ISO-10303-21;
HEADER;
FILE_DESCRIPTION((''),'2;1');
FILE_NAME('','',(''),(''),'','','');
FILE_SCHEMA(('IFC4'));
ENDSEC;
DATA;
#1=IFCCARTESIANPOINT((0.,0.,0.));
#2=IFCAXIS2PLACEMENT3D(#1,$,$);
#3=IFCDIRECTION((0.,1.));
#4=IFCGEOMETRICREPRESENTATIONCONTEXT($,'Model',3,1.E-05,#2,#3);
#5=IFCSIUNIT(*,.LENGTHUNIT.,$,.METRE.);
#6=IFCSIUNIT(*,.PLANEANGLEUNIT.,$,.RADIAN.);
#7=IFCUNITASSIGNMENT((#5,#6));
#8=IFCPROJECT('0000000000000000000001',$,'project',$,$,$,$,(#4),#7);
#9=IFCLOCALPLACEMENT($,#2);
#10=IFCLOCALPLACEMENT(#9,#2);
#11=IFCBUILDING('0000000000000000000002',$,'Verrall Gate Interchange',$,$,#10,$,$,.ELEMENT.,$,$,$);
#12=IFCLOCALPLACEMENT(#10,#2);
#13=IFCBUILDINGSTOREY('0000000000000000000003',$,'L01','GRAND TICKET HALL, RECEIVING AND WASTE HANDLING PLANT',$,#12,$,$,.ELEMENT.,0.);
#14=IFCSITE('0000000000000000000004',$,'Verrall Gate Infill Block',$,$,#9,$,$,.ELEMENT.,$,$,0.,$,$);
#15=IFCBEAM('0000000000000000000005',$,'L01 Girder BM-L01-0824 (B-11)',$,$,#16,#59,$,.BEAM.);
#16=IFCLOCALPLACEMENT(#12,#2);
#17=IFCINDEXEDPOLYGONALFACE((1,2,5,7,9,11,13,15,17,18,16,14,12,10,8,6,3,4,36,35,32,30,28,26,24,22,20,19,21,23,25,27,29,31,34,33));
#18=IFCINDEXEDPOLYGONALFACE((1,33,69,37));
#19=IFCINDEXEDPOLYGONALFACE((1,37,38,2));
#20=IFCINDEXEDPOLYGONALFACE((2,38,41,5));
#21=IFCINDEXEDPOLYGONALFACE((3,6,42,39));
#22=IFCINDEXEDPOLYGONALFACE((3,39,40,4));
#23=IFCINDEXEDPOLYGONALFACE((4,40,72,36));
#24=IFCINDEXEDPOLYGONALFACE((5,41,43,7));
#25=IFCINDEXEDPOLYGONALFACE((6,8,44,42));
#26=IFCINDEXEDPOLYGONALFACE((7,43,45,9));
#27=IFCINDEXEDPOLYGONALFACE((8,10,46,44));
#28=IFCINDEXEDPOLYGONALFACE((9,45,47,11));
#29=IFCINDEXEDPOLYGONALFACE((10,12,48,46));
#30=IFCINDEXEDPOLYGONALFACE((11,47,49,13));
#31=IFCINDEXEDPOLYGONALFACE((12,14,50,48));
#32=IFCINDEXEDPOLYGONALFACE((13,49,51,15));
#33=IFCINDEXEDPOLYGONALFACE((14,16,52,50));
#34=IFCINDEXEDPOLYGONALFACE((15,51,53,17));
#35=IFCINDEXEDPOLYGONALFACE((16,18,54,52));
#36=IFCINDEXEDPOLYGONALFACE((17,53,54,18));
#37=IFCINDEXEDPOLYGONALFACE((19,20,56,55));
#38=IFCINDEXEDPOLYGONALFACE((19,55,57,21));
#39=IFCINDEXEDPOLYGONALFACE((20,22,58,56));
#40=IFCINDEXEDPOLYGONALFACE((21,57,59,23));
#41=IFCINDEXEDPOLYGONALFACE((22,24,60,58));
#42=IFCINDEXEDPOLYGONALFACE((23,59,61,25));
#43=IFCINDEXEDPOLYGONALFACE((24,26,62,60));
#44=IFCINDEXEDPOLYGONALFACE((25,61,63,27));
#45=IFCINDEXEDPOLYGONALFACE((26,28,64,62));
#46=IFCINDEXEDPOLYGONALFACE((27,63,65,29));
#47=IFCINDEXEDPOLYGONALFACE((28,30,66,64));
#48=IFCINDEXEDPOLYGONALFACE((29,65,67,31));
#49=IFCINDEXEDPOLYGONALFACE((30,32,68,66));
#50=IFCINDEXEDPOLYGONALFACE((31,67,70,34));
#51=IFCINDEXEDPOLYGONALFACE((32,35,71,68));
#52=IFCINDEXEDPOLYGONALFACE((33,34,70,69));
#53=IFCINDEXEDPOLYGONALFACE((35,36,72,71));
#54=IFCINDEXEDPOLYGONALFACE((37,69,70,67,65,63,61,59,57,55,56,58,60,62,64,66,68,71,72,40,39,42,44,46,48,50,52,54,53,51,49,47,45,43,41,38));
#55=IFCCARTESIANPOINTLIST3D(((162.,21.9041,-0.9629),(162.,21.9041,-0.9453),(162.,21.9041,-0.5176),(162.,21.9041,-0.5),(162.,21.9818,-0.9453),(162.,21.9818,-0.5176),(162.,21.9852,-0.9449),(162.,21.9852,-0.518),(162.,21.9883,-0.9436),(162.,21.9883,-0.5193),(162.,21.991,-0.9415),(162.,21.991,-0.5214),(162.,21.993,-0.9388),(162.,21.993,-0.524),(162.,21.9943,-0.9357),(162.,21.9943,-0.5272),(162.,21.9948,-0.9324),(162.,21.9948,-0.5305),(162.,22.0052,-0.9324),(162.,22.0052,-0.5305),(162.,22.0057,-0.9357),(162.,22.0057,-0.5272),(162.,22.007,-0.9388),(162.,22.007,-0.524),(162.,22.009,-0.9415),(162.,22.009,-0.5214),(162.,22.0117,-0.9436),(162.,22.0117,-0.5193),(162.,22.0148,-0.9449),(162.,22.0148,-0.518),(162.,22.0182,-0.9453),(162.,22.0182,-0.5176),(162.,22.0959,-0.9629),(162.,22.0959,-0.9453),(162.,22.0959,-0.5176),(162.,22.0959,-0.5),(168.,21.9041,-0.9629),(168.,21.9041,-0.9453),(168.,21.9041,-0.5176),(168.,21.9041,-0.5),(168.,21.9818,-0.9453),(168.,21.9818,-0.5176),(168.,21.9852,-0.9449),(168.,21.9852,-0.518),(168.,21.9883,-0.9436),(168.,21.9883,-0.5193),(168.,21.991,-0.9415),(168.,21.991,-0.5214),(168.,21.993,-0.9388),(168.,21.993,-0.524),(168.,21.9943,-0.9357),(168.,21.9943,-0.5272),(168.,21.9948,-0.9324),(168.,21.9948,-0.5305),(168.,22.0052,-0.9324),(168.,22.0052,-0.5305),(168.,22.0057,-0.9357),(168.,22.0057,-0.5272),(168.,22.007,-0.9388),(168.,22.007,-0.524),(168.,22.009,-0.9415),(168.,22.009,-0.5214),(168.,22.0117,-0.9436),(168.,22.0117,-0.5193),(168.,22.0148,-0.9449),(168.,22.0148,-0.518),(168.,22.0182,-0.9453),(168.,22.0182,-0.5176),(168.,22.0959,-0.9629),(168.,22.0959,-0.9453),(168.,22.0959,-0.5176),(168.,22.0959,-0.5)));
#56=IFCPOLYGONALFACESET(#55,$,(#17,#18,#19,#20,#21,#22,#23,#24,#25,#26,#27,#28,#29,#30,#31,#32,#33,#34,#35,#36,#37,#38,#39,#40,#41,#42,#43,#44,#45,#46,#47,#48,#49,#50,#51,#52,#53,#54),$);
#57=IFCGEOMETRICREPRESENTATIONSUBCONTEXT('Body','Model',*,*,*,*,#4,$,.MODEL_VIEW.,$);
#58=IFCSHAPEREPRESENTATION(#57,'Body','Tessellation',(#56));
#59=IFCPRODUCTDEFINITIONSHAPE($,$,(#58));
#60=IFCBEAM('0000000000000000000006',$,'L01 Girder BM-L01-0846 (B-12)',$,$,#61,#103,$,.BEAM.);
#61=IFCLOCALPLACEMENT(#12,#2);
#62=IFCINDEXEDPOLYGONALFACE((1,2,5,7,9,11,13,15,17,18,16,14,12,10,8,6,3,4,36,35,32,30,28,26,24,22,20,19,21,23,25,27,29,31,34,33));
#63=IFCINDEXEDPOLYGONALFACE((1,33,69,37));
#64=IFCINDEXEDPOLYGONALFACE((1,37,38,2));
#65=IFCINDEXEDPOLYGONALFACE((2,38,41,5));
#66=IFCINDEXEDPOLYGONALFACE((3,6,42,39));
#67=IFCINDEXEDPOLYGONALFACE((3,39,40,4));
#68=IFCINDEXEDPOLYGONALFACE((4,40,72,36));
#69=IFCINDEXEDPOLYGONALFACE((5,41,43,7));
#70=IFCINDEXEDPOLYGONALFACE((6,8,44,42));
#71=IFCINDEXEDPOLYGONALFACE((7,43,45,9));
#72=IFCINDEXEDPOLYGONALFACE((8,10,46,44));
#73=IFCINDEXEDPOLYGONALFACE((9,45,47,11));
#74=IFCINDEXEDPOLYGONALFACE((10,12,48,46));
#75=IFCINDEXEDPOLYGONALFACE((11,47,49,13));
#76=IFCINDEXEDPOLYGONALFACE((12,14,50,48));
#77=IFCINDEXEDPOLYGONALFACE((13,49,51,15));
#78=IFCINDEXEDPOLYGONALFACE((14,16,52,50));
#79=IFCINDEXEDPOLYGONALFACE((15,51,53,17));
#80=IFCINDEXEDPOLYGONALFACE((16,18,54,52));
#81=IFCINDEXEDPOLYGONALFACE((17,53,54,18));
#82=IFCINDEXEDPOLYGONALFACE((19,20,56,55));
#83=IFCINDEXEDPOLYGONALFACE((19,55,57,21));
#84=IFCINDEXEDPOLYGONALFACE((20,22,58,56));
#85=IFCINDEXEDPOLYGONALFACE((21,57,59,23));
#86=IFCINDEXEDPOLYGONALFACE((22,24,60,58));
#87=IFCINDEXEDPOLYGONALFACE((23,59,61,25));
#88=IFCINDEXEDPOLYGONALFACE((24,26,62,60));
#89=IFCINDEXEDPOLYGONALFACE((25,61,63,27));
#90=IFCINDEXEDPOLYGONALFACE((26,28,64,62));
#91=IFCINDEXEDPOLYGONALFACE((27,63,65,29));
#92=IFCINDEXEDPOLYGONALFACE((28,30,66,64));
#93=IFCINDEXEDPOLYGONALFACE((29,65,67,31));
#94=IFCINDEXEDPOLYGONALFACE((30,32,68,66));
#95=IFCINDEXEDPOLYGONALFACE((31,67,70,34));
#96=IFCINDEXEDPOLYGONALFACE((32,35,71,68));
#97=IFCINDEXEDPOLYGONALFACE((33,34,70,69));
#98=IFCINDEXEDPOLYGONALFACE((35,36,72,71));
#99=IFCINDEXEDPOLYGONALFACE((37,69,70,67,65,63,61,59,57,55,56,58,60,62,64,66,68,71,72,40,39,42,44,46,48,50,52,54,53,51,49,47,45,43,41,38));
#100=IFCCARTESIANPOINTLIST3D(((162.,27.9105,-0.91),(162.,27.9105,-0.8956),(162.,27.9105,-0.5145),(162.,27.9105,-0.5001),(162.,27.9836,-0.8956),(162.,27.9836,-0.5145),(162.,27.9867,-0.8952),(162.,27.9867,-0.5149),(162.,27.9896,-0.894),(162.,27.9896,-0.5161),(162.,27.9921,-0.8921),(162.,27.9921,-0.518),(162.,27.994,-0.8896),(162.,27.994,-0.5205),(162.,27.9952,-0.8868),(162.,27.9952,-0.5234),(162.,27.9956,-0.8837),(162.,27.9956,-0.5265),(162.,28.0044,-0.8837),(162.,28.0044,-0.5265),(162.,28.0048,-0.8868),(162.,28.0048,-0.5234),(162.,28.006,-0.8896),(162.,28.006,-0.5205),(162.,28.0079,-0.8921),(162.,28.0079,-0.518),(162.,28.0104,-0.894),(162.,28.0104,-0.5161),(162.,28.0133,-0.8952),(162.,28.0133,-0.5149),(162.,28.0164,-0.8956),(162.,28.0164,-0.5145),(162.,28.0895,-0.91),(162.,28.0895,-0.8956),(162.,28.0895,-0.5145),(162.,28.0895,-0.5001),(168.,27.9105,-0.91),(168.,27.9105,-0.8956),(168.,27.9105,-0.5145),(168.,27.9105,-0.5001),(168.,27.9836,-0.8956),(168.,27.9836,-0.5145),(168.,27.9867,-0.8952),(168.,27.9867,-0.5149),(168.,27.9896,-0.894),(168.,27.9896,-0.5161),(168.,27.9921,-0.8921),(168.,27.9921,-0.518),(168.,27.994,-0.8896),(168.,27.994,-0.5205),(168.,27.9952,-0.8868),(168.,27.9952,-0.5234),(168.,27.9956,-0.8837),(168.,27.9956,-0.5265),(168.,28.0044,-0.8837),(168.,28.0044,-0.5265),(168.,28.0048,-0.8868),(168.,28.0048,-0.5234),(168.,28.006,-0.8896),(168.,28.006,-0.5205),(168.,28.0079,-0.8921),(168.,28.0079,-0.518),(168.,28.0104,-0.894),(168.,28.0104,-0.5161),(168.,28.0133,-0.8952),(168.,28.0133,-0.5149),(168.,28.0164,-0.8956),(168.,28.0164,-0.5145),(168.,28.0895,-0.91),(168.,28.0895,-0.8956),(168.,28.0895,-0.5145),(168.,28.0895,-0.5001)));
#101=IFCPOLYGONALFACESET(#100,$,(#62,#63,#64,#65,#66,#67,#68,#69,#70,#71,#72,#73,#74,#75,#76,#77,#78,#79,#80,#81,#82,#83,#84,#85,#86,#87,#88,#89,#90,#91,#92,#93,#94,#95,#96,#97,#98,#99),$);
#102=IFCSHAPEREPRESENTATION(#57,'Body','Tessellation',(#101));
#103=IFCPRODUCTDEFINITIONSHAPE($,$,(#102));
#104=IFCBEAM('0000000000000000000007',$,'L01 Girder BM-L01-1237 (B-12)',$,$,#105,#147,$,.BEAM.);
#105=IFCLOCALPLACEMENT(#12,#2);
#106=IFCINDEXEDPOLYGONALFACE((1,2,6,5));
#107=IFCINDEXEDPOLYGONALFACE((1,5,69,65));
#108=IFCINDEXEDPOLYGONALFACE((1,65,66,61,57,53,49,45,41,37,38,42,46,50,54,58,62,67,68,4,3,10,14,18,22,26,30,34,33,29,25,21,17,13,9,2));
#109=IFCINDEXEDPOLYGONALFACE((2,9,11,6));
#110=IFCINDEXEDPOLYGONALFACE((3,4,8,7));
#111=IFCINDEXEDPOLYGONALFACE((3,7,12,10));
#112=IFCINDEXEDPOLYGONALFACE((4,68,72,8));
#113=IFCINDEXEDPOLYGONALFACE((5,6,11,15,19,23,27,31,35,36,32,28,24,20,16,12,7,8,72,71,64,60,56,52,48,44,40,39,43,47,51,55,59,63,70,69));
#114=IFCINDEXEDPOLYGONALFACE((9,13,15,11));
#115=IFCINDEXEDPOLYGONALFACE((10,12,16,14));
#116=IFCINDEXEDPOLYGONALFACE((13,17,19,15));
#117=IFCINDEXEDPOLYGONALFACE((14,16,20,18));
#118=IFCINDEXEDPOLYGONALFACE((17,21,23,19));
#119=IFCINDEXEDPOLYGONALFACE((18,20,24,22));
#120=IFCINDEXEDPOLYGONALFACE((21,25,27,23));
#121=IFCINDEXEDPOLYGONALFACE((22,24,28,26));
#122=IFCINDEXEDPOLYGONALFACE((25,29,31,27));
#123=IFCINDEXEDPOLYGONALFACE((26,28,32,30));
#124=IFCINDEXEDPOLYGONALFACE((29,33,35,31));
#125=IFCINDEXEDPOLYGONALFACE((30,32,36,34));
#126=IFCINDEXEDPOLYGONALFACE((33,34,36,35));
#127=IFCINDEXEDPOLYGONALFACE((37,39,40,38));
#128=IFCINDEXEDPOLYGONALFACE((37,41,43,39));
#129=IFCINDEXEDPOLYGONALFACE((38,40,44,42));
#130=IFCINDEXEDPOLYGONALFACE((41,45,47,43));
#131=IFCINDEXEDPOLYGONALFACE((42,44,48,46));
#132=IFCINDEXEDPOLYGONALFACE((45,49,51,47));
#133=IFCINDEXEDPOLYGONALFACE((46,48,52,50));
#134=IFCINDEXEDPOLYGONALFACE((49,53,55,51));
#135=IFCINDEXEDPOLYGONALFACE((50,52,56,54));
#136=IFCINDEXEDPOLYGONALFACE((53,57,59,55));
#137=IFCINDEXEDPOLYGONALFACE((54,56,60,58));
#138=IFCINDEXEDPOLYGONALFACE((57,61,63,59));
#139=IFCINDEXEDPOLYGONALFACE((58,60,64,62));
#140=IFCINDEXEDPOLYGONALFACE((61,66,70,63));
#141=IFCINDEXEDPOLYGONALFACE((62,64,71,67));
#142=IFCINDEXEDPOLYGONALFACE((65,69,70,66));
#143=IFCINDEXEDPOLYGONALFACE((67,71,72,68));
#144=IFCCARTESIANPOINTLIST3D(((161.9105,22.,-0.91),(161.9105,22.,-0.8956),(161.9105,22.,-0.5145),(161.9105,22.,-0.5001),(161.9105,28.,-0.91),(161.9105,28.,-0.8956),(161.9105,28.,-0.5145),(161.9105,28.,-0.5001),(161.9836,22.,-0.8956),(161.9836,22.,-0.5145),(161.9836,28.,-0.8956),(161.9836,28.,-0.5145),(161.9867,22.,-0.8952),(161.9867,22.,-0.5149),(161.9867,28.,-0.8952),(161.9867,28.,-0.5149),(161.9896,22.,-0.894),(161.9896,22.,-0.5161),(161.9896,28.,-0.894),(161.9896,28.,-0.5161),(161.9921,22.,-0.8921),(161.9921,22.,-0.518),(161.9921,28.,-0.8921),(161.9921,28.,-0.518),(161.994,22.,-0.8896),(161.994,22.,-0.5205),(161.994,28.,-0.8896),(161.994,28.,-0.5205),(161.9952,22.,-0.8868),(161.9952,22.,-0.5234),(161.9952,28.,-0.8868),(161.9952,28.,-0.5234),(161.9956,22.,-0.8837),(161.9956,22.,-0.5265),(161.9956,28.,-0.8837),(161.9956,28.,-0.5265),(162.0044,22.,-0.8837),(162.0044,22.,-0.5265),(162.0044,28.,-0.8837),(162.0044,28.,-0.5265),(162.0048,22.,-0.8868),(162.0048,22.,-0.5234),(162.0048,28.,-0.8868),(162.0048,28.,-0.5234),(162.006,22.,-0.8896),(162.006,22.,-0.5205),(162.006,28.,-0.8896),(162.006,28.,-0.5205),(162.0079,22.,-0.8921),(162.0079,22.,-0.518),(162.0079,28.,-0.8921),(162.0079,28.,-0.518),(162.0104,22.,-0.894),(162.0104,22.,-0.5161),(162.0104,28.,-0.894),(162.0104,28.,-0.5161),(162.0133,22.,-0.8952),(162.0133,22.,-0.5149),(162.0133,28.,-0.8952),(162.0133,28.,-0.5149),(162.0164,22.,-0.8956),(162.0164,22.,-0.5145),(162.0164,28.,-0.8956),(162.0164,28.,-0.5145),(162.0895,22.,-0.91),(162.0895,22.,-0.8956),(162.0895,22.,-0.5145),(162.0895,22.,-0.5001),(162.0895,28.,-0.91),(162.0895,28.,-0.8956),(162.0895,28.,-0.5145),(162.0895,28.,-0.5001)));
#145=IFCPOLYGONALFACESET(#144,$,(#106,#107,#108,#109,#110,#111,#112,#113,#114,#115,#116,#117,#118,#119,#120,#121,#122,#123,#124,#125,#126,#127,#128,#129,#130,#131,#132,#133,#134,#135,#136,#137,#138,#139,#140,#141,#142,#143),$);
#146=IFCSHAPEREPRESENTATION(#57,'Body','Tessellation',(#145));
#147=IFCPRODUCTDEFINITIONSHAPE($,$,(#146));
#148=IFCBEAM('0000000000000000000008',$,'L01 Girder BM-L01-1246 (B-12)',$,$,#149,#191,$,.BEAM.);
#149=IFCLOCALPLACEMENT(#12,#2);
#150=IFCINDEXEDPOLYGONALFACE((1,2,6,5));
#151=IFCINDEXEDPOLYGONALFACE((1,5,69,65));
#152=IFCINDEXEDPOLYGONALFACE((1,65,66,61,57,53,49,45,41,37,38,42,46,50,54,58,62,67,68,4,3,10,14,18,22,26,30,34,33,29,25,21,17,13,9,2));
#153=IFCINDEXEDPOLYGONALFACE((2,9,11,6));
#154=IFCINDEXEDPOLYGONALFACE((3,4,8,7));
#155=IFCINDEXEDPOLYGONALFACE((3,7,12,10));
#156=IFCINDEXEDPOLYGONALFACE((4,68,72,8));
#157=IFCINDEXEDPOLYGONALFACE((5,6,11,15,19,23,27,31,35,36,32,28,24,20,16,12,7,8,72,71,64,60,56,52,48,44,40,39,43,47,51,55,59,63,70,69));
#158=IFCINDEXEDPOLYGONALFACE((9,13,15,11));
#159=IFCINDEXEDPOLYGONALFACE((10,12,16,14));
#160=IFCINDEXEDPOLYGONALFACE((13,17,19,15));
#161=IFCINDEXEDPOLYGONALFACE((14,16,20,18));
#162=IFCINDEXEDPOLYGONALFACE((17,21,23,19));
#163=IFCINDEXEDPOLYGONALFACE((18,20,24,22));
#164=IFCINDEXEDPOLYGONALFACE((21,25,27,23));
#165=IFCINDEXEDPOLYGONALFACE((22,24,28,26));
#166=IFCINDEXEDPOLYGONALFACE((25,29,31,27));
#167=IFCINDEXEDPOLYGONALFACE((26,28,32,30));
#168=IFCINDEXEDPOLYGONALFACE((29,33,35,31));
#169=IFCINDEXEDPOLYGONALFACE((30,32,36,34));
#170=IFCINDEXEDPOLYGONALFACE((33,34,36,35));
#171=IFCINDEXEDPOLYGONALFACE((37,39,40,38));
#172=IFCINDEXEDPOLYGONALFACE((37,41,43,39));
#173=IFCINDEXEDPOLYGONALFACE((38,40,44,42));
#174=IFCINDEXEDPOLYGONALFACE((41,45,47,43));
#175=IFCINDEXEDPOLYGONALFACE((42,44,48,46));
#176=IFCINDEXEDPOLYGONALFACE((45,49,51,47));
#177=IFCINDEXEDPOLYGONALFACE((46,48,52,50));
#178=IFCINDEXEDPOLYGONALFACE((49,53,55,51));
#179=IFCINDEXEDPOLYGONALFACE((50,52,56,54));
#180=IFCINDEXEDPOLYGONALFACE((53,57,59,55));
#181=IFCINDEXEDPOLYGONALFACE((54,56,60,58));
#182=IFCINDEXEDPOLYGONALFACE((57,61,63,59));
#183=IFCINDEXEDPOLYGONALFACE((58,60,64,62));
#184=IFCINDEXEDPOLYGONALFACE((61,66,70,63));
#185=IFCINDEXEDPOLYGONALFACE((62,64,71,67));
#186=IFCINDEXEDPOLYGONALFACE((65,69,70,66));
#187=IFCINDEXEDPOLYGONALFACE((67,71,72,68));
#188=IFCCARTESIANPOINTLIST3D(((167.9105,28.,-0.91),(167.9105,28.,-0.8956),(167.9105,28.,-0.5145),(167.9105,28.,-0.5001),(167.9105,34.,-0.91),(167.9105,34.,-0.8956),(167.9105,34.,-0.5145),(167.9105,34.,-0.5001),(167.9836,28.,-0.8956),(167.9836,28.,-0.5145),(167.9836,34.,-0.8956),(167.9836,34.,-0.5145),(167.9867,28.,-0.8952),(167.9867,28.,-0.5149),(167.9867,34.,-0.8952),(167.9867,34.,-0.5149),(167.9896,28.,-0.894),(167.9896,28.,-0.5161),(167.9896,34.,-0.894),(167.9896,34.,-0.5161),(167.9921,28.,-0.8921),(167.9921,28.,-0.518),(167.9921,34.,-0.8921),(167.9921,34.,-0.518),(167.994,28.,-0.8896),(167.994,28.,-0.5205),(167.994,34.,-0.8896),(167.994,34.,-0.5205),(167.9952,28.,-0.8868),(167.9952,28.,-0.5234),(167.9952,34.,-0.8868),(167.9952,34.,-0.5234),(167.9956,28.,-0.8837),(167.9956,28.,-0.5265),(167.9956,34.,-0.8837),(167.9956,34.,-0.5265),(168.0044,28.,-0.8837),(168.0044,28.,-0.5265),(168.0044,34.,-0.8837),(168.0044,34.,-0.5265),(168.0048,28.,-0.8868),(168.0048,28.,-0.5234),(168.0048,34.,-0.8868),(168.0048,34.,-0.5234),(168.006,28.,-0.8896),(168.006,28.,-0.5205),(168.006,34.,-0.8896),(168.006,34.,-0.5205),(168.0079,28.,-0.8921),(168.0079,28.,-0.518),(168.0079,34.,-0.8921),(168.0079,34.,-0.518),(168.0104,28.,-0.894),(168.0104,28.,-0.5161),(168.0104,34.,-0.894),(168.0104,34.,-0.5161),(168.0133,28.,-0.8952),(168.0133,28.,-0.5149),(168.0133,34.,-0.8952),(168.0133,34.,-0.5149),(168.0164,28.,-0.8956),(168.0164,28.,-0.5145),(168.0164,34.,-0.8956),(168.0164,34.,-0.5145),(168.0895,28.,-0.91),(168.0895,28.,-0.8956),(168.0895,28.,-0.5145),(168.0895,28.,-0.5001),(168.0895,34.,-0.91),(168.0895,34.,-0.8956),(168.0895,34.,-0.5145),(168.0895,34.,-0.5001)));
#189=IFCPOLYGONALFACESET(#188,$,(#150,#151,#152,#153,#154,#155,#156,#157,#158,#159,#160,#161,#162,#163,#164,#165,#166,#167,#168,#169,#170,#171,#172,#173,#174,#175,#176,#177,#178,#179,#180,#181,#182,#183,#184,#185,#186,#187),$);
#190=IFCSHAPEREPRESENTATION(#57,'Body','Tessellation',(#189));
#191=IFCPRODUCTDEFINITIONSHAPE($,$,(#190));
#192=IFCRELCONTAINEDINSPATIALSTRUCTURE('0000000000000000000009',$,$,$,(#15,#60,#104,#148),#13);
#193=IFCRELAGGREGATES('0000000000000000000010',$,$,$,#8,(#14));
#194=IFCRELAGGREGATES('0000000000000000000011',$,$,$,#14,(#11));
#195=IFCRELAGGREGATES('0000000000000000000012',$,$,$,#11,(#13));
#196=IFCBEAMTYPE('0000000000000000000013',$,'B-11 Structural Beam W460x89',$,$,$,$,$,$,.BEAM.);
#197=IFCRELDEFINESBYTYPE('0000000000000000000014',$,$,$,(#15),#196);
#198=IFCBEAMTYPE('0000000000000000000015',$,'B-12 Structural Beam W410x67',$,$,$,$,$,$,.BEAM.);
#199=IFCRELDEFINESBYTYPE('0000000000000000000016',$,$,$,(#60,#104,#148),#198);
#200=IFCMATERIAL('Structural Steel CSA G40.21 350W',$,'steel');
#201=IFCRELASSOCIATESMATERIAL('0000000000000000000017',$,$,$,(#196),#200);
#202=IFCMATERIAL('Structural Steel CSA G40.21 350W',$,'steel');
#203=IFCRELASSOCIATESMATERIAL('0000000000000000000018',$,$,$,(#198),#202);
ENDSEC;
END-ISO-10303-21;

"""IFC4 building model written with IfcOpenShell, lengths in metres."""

from ifc_helpers import new_model, si_unit, direction, frame, origin, origin_2d, place, context, subcontext, project, spatial, i_section, extrude, material, material_profile, profile_set, type_object, element, save


model = new_model("IFC4")

# Units and contexts
model_context = context("Model", 3, precision=1e-05, world=origin(), true_north=direction((0.0, 1.0)))
body_context = subcontext(model_context, "Body", "Model", "MODEL_VIEW")
ifc_project = project(units=[si_unit("LENGTHUNIT", "METRE"), si_unit("PLANEANGLEUNIT", "RADIAN")], contexts=[model_context])

# Site, building, storey
site_placement = place(None, origin())
site = spatial("IfcSite", under=ifc_project, at=site_placement, Name="Verrall Gate Infill Block", CompositionType="ELEMENT", RefElevation=0.0)
building_placement = place(site_placement, origin())
building = spatial("IfcBuilding", under=site, at=building_placement, Name="Verrall Gate Interchange", CompositionType="ELEMENT")
storey_placement = place(building_placement, origin())
storey = spatial("IfcBuildingStorey", under=building, at=storey_placement, Name="L01", Description="GRAND TICKET HALL, RECEIVING AND WASTE HANDLING PLANT", CompositionType="ELEMENT", Elevation=0.0)

# Beams
ifc_material_1 = material(Name="Structural Steel CSA G40.21 350W", Category="steel")
ifc_material_profile_1 = material_profile(ifc_material_1, i_section(OverallWidth=0.1919, OverallDepth=0.4629, WebThickness=0.0105, FlangeThickness=0.0176, FilletRadius=0.0129, at=origin_2d()), Name="W460x89")
ifc_profile_set_1 = profile_set([ifc_material_profile_1], Name="Structural Steel CSA G40.21 350W")
beam_type_1 = type_object("IfcBeamType", Name="B-11 Structural Beam W460x89", PredefinedType="BEAM", material=ifc_profile_set_1)
beam_1_placement = place(storey_placement, frame((162.0, 22.0, -0.7314), z_axis=(1.0, 0.0, 0.0), x_axis=(0.0, 1.0, 0.0)))
element("IfcBeam", 1, at=beam_1_placement, inside=storey, type_object=beam_type_1, Name="L01 Girder BM-L01-0824 (B-11)", PredefinedType="BEAM", context=body_context, shape_type="SweptSolid", body=[
    extrude(i_section(OverallWidth=0.1919, OverallDepth=0.4629, WebThickness=0.0105, FlangeThickness=0.0176, FilletRadius=0.0129, at=origin_2d()), origin(), (0.0, 0.0, 1.0), 6.0),
])
ifc_material_2 = material(Name="Structural Steel CSA G40.21 350W", Category="steel")
ifc_material_profile_2 = material_profile(ifc_material_2, i_section(OverallWidth=0.179, OverallDepth=0.4099, WebThickness=0.0088, FlangeThickness=0.0144, FilletRadius=0.012, at=origin_2d()), Name="W410x67")
ifc_profile_set_2 = profile_set([ifc_material_profile_2], Name="Structural Steel CSA G40.21 350W")
beam_type_2 = type_object("IfcBeamType", Name="B-12 Structural Beam W410x67", PredefinedType="BEAM", material=ifc_profile_set_2)
for number, where, z_axis, x_axis, name in (
    (2, (162.0, 28.0, -0.7051), (1.0, 0.0, 0.0), (0.0, 1.0, 0.0), "L01 Girder BM-L01-0846 (B-12)"),
    (3, (162.0, 22.0, -0.7051), (0.0, 1.0, 0.0), (-1.0, 0.0, 0.0), "L01 Girder BM-L01-1237 (B-12)"),
    (4, (168.0, 28.0, -0.7051), (0.0, 1.0, 0.0), (-1.0, 0.0, 0.0), "L01 Girder BM-L01-1246 (B-12)"),
):
    element("IfcBeam", number, at=place(storey_placement, frame(where, z_axis=z_axis, x_axis=x_axis)), inside=storey, type_object=beam_type_2, Name=name, PredefinedType="BEAM", context=body_context, shape_type="SweptSolid", body=[
        extrude(i_section(OverallWidth=0.179, OverallDepth=0.4099, WebThickness=0.0088, FlangeThickness=0.0144, FilletRadius=0.012, at=origin_2d()), origin(), (0.0, 0.0, 1.0), 6.0),
    ])

save(model, "model.ifc")
